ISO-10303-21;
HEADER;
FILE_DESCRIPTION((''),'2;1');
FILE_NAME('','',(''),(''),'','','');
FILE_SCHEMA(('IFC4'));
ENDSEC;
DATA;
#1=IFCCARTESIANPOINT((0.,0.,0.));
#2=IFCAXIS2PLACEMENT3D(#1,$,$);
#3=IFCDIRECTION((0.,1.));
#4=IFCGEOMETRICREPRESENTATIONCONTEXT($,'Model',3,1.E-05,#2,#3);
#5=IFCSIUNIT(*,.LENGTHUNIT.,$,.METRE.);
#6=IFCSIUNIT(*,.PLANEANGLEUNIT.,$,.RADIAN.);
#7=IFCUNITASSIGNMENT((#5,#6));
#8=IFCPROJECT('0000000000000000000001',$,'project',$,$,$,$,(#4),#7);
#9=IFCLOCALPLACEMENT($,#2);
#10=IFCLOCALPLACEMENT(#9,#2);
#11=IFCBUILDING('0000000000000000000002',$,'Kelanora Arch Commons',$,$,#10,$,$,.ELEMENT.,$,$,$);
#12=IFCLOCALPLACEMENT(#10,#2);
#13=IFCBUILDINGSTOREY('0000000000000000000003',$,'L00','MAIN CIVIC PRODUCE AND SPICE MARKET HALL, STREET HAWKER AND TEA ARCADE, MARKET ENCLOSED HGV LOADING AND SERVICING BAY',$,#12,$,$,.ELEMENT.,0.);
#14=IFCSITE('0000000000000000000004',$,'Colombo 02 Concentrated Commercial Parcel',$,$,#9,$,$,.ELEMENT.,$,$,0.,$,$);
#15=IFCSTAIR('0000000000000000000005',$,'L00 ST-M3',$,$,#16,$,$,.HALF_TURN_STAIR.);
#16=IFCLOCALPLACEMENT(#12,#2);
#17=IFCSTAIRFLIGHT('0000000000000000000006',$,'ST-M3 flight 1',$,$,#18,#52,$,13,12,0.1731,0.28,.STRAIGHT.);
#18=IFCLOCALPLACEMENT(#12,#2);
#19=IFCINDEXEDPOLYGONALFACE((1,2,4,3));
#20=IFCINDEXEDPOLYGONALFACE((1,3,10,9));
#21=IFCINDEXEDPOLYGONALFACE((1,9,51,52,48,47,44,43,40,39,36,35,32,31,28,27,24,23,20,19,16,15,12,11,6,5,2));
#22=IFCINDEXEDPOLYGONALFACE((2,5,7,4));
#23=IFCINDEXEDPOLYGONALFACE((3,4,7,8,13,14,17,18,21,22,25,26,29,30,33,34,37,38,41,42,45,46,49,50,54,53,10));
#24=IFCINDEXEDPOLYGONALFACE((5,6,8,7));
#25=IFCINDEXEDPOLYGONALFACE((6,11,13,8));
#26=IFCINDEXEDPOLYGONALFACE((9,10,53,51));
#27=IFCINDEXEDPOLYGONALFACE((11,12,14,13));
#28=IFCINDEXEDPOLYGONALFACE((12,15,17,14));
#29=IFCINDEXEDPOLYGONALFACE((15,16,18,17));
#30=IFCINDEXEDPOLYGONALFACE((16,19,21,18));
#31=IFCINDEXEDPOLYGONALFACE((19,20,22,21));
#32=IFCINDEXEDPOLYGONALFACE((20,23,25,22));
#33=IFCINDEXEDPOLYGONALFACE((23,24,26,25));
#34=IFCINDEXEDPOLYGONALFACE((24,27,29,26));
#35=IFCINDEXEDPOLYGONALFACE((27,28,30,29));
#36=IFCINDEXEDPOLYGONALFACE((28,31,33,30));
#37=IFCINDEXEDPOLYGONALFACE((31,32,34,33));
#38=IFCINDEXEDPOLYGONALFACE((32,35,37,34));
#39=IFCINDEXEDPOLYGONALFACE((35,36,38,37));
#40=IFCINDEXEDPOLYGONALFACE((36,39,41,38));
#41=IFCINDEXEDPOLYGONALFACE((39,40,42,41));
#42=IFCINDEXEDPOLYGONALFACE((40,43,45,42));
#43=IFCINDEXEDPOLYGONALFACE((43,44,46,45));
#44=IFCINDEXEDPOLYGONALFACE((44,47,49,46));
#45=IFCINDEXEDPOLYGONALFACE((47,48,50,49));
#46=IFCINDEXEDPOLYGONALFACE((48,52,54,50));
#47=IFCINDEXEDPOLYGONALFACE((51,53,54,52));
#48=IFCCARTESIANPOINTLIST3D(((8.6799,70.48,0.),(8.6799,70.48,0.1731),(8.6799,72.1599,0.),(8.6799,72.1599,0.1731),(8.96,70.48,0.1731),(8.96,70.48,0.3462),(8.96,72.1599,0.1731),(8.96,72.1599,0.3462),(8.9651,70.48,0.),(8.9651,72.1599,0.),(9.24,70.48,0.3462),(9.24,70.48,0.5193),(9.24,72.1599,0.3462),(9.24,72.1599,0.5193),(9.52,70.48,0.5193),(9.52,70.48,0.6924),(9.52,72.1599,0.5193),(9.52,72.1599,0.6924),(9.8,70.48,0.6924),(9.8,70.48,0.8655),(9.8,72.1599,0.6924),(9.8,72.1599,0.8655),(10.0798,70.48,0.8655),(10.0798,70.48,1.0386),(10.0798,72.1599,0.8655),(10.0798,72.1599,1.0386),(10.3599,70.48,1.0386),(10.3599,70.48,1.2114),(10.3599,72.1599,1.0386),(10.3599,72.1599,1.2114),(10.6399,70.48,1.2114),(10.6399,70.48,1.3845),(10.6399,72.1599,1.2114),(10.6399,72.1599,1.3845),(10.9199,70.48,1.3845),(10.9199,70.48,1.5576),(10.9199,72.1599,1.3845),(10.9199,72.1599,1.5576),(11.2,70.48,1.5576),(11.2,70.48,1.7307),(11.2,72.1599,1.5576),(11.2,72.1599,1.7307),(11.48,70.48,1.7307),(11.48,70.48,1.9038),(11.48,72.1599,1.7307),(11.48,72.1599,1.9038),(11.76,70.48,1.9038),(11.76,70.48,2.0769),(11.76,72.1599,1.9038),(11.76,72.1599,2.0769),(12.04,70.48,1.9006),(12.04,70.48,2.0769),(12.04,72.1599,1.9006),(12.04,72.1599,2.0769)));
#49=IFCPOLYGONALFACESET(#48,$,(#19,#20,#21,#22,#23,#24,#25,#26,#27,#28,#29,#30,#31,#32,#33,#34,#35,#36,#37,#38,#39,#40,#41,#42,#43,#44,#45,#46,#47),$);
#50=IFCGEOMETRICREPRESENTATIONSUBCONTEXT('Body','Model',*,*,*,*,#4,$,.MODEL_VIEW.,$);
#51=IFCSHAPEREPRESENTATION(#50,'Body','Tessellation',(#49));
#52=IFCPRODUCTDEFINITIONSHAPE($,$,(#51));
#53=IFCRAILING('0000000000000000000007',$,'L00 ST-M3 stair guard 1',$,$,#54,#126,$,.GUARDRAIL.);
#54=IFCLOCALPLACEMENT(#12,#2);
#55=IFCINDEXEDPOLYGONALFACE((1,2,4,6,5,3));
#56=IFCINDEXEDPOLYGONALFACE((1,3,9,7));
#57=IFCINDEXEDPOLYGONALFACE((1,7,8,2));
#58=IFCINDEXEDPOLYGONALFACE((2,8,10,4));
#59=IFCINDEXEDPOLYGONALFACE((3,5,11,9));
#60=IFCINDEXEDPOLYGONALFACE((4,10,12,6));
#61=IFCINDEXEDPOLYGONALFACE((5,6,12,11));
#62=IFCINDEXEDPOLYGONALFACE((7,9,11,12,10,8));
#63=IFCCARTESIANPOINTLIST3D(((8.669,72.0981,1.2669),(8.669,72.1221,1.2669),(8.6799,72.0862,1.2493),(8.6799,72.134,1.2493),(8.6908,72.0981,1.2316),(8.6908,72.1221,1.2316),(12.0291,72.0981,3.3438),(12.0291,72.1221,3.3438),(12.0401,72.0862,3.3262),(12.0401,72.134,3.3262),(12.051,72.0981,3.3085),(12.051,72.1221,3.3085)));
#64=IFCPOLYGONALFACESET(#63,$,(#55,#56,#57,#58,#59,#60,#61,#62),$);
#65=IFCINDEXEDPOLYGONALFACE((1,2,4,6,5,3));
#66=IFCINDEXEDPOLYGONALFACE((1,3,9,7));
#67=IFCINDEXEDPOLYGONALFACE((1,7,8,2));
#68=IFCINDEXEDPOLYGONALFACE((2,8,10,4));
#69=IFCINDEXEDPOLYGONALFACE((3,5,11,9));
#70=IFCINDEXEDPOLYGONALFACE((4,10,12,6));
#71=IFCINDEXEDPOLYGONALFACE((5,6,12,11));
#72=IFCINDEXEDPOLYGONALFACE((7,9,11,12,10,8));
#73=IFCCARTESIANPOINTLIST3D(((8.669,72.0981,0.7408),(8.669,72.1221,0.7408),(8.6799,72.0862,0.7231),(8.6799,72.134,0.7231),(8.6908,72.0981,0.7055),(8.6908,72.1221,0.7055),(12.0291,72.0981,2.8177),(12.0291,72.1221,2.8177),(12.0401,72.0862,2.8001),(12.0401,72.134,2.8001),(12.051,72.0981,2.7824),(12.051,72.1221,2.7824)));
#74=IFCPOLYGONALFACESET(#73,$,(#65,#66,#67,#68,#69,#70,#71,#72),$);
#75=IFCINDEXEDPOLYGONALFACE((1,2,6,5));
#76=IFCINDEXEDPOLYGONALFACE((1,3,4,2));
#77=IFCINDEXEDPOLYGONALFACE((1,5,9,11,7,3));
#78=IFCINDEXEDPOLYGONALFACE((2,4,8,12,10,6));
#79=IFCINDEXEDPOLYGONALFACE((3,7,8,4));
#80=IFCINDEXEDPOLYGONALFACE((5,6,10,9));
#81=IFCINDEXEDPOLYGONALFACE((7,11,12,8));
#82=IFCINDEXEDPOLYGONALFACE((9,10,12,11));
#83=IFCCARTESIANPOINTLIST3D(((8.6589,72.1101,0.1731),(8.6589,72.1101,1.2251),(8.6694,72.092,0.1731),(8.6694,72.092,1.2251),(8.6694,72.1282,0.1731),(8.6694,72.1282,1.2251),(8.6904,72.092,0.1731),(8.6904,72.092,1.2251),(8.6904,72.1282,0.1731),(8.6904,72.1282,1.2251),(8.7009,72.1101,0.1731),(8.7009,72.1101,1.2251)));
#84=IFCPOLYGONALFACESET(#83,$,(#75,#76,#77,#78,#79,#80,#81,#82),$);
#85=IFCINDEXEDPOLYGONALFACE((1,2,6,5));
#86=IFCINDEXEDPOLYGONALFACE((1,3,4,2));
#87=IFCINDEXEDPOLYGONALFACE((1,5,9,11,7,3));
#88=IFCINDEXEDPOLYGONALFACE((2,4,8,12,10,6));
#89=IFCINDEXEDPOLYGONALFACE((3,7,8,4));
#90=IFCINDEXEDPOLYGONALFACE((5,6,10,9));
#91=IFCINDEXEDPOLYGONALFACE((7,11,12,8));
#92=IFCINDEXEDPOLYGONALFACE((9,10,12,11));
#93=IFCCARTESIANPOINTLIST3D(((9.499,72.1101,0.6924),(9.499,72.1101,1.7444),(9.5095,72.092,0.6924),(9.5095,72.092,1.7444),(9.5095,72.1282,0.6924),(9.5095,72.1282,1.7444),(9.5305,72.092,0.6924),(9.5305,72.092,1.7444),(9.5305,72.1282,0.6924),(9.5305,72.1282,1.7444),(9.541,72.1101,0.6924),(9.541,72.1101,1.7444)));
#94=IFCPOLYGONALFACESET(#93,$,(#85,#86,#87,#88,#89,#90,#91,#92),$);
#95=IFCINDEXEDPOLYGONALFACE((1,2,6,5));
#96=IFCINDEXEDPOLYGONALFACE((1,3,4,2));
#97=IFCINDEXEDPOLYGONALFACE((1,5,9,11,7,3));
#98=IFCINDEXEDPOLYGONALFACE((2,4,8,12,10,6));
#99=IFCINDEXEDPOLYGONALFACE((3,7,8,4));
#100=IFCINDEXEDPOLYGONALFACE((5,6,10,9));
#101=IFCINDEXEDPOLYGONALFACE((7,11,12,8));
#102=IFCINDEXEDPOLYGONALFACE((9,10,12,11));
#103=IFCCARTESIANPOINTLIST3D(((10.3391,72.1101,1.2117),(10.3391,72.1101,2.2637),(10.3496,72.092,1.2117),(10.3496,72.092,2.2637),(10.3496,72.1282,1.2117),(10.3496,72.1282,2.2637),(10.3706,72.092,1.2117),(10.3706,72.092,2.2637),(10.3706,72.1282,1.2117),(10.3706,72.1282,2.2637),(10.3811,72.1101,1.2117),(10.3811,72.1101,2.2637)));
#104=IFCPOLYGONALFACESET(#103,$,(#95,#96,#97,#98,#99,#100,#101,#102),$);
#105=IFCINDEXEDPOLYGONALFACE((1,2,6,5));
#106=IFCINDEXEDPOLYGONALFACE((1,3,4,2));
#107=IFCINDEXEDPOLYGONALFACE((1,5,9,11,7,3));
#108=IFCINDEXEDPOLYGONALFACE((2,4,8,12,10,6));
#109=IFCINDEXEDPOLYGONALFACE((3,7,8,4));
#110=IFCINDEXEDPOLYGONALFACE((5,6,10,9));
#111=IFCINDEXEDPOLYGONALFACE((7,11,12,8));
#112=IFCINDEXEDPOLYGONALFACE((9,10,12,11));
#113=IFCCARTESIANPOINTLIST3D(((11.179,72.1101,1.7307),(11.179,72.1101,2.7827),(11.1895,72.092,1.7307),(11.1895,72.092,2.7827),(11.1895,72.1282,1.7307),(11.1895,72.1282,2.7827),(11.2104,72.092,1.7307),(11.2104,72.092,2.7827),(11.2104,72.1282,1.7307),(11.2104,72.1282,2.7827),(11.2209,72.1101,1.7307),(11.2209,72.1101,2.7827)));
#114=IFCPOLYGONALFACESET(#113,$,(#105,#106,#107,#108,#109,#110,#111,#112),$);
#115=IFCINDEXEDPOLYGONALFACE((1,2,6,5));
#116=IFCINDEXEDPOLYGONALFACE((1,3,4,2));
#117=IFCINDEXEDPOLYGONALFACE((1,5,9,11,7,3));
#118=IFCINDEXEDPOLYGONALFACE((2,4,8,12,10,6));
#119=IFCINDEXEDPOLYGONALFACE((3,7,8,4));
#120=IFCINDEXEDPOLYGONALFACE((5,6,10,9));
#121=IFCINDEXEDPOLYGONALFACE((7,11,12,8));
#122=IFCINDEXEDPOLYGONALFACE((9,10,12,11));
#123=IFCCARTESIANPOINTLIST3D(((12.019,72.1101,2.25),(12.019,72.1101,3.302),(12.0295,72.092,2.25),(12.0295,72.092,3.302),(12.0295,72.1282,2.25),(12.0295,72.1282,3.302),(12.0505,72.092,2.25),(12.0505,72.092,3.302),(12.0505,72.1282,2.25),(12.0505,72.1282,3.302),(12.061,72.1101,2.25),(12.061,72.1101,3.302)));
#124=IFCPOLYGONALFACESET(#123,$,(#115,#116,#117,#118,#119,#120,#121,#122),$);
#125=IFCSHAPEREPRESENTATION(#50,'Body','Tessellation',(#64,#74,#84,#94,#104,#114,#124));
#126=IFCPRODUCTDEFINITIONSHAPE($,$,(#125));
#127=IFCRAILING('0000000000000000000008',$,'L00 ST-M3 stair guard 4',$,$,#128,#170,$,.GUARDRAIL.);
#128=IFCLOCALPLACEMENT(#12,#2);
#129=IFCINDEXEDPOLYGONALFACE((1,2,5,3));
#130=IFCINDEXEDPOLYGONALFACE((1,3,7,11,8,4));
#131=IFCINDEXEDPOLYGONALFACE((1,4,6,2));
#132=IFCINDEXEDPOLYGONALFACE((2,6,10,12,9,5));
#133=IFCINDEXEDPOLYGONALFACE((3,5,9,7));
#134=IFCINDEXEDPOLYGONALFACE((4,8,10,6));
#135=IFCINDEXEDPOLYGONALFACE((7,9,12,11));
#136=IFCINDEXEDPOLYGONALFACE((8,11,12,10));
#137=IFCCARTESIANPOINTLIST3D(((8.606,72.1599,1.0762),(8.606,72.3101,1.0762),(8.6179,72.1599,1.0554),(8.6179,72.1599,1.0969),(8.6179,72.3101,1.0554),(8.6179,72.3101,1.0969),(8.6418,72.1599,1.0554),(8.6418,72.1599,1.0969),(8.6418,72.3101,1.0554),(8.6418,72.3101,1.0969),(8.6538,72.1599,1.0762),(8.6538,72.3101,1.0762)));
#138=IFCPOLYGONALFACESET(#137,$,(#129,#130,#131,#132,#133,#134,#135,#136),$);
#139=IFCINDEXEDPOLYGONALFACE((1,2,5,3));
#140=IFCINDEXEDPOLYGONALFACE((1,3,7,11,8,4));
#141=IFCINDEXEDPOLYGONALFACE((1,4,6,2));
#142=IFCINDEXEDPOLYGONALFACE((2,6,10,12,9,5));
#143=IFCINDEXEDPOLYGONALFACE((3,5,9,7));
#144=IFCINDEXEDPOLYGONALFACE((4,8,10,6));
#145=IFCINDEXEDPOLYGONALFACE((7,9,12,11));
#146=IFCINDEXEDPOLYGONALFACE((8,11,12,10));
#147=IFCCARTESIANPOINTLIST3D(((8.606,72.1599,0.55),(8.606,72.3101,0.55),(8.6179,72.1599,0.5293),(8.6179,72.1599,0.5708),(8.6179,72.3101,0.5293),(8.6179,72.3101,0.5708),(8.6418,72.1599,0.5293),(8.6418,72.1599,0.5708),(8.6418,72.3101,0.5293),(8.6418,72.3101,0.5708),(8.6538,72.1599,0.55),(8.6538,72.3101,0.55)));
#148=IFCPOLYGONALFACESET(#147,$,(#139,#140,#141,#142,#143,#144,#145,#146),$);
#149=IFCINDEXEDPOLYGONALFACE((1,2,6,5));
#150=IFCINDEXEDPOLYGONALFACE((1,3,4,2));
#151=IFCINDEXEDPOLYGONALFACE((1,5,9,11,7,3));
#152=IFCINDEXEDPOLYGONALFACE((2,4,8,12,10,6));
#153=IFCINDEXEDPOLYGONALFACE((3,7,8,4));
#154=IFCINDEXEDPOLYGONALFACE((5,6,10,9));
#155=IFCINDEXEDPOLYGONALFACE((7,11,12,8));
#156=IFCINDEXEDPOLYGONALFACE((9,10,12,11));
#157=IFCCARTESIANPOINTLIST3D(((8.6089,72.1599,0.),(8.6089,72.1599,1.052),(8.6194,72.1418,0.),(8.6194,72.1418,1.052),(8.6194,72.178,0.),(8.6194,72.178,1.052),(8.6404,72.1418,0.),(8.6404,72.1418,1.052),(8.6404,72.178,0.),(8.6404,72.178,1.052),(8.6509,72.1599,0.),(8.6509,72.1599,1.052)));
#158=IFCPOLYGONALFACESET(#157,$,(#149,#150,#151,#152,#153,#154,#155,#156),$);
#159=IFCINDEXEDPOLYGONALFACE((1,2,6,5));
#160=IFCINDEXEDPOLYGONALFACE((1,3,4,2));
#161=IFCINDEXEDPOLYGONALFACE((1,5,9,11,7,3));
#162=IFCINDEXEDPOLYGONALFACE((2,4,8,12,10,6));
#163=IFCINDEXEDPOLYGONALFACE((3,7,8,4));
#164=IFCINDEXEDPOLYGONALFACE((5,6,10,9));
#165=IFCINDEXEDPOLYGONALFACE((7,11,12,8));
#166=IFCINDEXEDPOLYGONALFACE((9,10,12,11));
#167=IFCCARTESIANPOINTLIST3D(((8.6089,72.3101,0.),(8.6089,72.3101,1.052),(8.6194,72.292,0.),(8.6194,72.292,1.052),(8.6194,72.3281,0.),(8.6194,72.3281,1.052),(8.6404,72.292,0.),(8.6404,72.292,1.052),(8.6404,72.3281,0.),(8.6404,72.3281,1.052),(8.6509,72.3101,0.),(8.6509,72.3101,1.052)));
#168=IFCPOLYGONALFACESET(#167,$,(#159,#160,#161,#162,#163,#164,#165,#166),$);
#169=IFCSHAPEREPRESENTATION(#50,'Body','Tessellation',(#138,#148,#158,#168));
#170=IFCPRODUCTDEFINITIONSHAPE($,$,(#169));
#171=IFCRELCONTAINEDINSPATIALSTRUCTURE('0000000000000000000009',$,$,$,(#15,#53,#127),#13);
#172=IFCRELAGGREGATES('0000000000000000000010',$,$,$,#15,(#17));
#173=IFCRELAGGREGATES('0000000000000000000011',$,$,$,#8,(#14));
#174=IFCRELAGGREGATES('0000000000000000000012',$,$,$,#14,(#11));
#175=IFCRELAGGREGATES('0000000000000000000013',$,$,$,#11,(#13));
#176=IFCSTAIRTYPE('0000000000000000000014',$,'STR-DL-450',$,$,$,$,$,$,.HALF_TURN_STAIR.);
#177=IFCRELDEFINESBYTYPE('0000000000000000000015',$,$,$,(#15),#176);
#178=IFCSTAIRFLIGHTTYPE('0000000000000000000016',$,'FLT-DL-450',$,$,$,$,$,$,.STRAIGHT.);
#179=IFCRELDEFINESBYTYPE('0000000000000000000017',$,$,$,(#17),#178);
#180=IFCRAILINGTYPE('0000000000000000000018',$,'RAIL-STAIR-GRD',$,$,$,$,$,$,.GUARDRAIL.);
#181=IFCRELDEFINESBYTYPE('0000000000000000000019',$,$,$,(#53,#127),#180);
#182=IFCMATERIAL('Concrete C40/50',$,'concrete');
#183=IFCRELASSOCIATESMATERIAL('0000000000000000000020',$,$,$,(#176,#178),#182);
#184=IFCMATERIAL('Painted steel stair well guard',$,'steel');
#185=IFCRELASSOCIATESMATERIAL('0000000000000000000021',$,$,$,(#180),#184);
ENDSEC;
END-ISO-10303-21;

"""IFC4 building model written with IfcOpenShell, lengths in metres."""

from ifc_helpers import new_model, si_unit, direction, frame, origin, place, context, subcontext, project, spatial, polyline, outline, extrude, material, type_object, element, aggregate, save


model = new_model("IFC4")

# Units and contexts
model_context = context("Model", 3, precision=1e-05, world=origin(), true_north=direction((0.0, 1.0)))
body_context = subcontext(model_context, "Body", "Model", "MODEL_VIEW")
ifc_project = project(units=[si_unit("LENGTHUNIT", "METRE"), si_unit("PLANEANGLEUNIT", "RADIAN")], contexts=[model_context])

# Site, building, storey
site_placement = place(None, origin())
site = spatial("IfcSite", under=ifc_project, at=site_placement, Name="Colombo 02 Concentrated Commercial Parcel", CompositionType="ELEMENT", RefElevation=0.0)
building_placement = place(site_placement, origin())
building = spatial("IfcBuilding", under=site, at=building_placement, Name="Kelanora Arch Commons", CompositionType="ELEMENT")
storey_placement = place(building_placement, origin())
storey = spatial("IfcBuildingStorey", under=building, at=storey_placement, Name="L00", Description="MAIN CIVIC PRODUCE AND SPICE MARKET HALL, STREET HAWKER AND TEA ARCADE, MARKET ENCLOSED HGV LOADING AND SERVICING BAY", CompositionType="ELEMENT", Elevation=0.0)

# Shared definitions
ifc_material_1 = material(Name="Concrete C40/50", Category="concrete")

# Stair, stair flight
stair_type = type_object("IfcStairType", Name="STR-DL-450", PredefinedType="HALF_TURN_STAIR", material=ifc_material_1)
stair_placement = place(storey_placement, origin())
stair = element("IfcStair", 1, at=stair_placement, inside=storey, type_object=stair_type, Name="L00 ST-M3", PredefinedType="HALF_TURN_STAIR")
stair_flight_type = type_object("IfcStairFlightType", Name="FLT-DL-450", PredefinedType="STRAIGHT", material=ifc_material_1)
stair_flight_placement = place(storey_placement, frame((8.6799, 71.3201, 0.0), z_axis=(0.0, 0.0, 1.0), x_axis=(1.0, 0.0, 0.0)))
stair_flight = element("IfcStairFlight", 2, at=stair_flight_placement, type_object=stair_flight_type, Name="ST-M3 flight 1", NumberOfRisers=13, NumberOfTreads=12, PredefinedType="STRAIGHT", RiserHeight=0.1731, TreadLength=0.28, context=body_context, shape_type="SweptSolid", body=[
    extrude(outline(polyline([(0.0, 0.0), (0.0, 0.1731), (0.28, 0.1731), (0.28, 0.3462), (0.5601, 0.3462), (0.5601, 0.5193), (0.8401, 0.5193), (0.8401, 0.6924), (1.1201, 0.6924), (1.1201, 0.8655), (1.3999, 0.8655), (1.3999, 1.0386), (1.6799, 1.0386), (1.6799, 1.2114), (1.96, 1.2114), (1.96, 1.3845), (2.24, 1.3845), (2.24, 1.5576), (2.52, 1.5576), (2.52, 1.7307), (2.8, 1.7307), (2.8, 1.9038), (3.0801, 1.9038), (3.0801, 2.0769), (3.3601, 2.0769), (3.3601, 2.25), (3.3601, 1.9006), (0.2852, 0.0), (0.0, 0.0)])), frame((0.0, 0.8398, 0.0), z_axis=(0.0, -1.0, 0.0), x_axis=(1.0, 0.0, 0.0)), (0.0, 0.0, 1.0), 1.6799),
])
aggregate(stair, [stair_flight])

# Railings
ifc_material_2 = material(Name="Painted steel stair well guard", Category="steel")
railing_type_1 = type_object("IfcRailingType", Name="RAIL-STAIR-GRD", PredefinedType="GUARDRAIL", material=ifc_material_2)
railing_1_placement = place(storey_placement, frame((8.6799, 72.1101, 0.1731)))
element("IfcRailing", 3, at=railing_1_placement, inside=storey, type_object=railing_type_1, Name="L00 ST-M3 stair guard 1", PredefinedType="GUARDRAIL", context=body_context, shape_type="SweptSolid", body=[
    extrude(outline(polyline([(0.0239, 0.0), (0.012, 0.0208), (-0.012, 0.0208), (-0.0239, 0.0), (-0.012, -0.0208), (0.012, -0.0208), (0.0239, 0.0)])), frame((0.0, 0.0, 1.0762), z_axis=(0.850623, 0.0, 0.525776), x_axis=(0.0, 1.0, 0.0)), (0.0, 0.0, 1.0), 3.9502),
    extrude(outline(polyline([(0.0239, 0.0), (0.012, 0.0208), (-0.012, 0.0208), (-0.0239, 0.0), (-0.012, -0.0208), (0.012, -0.0208), (0.0239, 0.0)])), frame((0.0, 0.0, 0.55), z_axis=(0.850623, 0.0, 0.525776), x_axis=(0.0, 1.0, 0.0)), (0.0, 0.0, 1.0), 3.9502),
    extrude(outline(polyline([(0.021, 0.0), (0.0105, 0.0181), (-0.0105, 0.0181), (-0.021, 0.0), (-0.0105, -0.0181), (0.0105, -0.0181), (0.021, 0.0)])), origin(), (0.0, 0.0, 1.0), 1.052),
    extrude(outline(polyline([(0.021, 0.0), (0.0105, 0.0181), (-0.0105, 0.0181), (-0.021, 0.0), (-0.0105, -0.0181), (0.0105, -0.0181), (0.021, 0.0)])), frame((0.8401, 0.0, 0.5193)), (0.0, 0.0, 1.0), 1.052),
    extrude(outline(polyline([(0.021, 0.0), (0.0105, 0.0181), (-0.0105, 0.0181), (-0.021, 0.0), (-0.0105, -0.0181), (0.0105, -0.0181), (0.021, 0.0)])), frame((1.6802, 0.0, 1.0386)), (0.0, 0.0, 1.0), 1.052),
    extrude(outline(polyline([(0.021, 0.0), (0.0105, 0.0181), (-0.0105, 0.0181), (-0.021, 0.0), (-0.0105, -0.0181), (0.0105, -0.0181), (0.021, 0.0)])), frame((2.52, 0.0, 1.5576)), (0.0, 0.0, 1.0), 1.052),
    extrude(outline(polyline([(0.021, 0.0), (0.0105, 0.0181), (-0.0105, 0.0181), (-0.021, 0.0), (-0.0105, -0.0181), (0.0105, -0.0181), (0.021, 0.0)])), frame((3.3601, 0.0, 2.0769)), (0.0, 0.0, 1.0), 1.052),
])
railing_2_placement = place(storey_placement, frame((8.6299, 72.1599, 0.0)))
element("IfcRailing", 4, at=railing_2_placement, inside=storey, type_object=railing_type_1, Name="L00 ST-M3 stair guard 4", PredefinedType="GUARDRAIL", context=body_context, shape_type="SweptSolid", body=[
    extrude(outline(polyline([(0.0239, 0.0), (0.012, 0.0208), (-0.012, 0.0208), (-0.0239, 0.0), (-0.012, -0.0208), (0.012, -0.0208), (0.0239, 0.0)])), frame((0.0, 0.0, 1.0762), z_axis=(0.0, 1.0, 0.0), x_axis=(-1.0, 0.0, 0.0)), (0.0, 0.0, 1.0), 0.1501),
    extrude(outline(polyline([(0.0239, 0.0), (0.012, 0.0208), (-0.012, 0.0208), (-0.0239, 0.0), (-0.012, -0.0208), (0.012, -0.0208), (0.0239, 0.0)])), frame((0.0, 0.0, 0.55), z_axis=(0.0, 1.0, 0.0), x_axis=(-1.0, 0.0, 0.0)), (0.0, 0.0, 1.0), 0.1501),
    extrude(outline(polyline([(0.021, 0.0), (0.0105, 0.0181), (-0.0105, 0.0181), (-0.021, 0.0), (-0.0105, -0.0181), (0.0105, -0.0181), (0.021, 0.0)])), origin(), (0.0, 0.0, 1.0), 1.052),
    extrude(outline(polyline([(0.021, 0.0), (0.0105, 0.0181), (-0.0105, 0.0181), (-0.021, 0.0), (-0.0105, -0.0181), (0.0105, -0.0181), (0.021, 0.0)])), frame((0.0, 0.1501, 0.0)), (0.0, 0.0, 1.0), 1.052),
])

save(model, "model.ifc")
